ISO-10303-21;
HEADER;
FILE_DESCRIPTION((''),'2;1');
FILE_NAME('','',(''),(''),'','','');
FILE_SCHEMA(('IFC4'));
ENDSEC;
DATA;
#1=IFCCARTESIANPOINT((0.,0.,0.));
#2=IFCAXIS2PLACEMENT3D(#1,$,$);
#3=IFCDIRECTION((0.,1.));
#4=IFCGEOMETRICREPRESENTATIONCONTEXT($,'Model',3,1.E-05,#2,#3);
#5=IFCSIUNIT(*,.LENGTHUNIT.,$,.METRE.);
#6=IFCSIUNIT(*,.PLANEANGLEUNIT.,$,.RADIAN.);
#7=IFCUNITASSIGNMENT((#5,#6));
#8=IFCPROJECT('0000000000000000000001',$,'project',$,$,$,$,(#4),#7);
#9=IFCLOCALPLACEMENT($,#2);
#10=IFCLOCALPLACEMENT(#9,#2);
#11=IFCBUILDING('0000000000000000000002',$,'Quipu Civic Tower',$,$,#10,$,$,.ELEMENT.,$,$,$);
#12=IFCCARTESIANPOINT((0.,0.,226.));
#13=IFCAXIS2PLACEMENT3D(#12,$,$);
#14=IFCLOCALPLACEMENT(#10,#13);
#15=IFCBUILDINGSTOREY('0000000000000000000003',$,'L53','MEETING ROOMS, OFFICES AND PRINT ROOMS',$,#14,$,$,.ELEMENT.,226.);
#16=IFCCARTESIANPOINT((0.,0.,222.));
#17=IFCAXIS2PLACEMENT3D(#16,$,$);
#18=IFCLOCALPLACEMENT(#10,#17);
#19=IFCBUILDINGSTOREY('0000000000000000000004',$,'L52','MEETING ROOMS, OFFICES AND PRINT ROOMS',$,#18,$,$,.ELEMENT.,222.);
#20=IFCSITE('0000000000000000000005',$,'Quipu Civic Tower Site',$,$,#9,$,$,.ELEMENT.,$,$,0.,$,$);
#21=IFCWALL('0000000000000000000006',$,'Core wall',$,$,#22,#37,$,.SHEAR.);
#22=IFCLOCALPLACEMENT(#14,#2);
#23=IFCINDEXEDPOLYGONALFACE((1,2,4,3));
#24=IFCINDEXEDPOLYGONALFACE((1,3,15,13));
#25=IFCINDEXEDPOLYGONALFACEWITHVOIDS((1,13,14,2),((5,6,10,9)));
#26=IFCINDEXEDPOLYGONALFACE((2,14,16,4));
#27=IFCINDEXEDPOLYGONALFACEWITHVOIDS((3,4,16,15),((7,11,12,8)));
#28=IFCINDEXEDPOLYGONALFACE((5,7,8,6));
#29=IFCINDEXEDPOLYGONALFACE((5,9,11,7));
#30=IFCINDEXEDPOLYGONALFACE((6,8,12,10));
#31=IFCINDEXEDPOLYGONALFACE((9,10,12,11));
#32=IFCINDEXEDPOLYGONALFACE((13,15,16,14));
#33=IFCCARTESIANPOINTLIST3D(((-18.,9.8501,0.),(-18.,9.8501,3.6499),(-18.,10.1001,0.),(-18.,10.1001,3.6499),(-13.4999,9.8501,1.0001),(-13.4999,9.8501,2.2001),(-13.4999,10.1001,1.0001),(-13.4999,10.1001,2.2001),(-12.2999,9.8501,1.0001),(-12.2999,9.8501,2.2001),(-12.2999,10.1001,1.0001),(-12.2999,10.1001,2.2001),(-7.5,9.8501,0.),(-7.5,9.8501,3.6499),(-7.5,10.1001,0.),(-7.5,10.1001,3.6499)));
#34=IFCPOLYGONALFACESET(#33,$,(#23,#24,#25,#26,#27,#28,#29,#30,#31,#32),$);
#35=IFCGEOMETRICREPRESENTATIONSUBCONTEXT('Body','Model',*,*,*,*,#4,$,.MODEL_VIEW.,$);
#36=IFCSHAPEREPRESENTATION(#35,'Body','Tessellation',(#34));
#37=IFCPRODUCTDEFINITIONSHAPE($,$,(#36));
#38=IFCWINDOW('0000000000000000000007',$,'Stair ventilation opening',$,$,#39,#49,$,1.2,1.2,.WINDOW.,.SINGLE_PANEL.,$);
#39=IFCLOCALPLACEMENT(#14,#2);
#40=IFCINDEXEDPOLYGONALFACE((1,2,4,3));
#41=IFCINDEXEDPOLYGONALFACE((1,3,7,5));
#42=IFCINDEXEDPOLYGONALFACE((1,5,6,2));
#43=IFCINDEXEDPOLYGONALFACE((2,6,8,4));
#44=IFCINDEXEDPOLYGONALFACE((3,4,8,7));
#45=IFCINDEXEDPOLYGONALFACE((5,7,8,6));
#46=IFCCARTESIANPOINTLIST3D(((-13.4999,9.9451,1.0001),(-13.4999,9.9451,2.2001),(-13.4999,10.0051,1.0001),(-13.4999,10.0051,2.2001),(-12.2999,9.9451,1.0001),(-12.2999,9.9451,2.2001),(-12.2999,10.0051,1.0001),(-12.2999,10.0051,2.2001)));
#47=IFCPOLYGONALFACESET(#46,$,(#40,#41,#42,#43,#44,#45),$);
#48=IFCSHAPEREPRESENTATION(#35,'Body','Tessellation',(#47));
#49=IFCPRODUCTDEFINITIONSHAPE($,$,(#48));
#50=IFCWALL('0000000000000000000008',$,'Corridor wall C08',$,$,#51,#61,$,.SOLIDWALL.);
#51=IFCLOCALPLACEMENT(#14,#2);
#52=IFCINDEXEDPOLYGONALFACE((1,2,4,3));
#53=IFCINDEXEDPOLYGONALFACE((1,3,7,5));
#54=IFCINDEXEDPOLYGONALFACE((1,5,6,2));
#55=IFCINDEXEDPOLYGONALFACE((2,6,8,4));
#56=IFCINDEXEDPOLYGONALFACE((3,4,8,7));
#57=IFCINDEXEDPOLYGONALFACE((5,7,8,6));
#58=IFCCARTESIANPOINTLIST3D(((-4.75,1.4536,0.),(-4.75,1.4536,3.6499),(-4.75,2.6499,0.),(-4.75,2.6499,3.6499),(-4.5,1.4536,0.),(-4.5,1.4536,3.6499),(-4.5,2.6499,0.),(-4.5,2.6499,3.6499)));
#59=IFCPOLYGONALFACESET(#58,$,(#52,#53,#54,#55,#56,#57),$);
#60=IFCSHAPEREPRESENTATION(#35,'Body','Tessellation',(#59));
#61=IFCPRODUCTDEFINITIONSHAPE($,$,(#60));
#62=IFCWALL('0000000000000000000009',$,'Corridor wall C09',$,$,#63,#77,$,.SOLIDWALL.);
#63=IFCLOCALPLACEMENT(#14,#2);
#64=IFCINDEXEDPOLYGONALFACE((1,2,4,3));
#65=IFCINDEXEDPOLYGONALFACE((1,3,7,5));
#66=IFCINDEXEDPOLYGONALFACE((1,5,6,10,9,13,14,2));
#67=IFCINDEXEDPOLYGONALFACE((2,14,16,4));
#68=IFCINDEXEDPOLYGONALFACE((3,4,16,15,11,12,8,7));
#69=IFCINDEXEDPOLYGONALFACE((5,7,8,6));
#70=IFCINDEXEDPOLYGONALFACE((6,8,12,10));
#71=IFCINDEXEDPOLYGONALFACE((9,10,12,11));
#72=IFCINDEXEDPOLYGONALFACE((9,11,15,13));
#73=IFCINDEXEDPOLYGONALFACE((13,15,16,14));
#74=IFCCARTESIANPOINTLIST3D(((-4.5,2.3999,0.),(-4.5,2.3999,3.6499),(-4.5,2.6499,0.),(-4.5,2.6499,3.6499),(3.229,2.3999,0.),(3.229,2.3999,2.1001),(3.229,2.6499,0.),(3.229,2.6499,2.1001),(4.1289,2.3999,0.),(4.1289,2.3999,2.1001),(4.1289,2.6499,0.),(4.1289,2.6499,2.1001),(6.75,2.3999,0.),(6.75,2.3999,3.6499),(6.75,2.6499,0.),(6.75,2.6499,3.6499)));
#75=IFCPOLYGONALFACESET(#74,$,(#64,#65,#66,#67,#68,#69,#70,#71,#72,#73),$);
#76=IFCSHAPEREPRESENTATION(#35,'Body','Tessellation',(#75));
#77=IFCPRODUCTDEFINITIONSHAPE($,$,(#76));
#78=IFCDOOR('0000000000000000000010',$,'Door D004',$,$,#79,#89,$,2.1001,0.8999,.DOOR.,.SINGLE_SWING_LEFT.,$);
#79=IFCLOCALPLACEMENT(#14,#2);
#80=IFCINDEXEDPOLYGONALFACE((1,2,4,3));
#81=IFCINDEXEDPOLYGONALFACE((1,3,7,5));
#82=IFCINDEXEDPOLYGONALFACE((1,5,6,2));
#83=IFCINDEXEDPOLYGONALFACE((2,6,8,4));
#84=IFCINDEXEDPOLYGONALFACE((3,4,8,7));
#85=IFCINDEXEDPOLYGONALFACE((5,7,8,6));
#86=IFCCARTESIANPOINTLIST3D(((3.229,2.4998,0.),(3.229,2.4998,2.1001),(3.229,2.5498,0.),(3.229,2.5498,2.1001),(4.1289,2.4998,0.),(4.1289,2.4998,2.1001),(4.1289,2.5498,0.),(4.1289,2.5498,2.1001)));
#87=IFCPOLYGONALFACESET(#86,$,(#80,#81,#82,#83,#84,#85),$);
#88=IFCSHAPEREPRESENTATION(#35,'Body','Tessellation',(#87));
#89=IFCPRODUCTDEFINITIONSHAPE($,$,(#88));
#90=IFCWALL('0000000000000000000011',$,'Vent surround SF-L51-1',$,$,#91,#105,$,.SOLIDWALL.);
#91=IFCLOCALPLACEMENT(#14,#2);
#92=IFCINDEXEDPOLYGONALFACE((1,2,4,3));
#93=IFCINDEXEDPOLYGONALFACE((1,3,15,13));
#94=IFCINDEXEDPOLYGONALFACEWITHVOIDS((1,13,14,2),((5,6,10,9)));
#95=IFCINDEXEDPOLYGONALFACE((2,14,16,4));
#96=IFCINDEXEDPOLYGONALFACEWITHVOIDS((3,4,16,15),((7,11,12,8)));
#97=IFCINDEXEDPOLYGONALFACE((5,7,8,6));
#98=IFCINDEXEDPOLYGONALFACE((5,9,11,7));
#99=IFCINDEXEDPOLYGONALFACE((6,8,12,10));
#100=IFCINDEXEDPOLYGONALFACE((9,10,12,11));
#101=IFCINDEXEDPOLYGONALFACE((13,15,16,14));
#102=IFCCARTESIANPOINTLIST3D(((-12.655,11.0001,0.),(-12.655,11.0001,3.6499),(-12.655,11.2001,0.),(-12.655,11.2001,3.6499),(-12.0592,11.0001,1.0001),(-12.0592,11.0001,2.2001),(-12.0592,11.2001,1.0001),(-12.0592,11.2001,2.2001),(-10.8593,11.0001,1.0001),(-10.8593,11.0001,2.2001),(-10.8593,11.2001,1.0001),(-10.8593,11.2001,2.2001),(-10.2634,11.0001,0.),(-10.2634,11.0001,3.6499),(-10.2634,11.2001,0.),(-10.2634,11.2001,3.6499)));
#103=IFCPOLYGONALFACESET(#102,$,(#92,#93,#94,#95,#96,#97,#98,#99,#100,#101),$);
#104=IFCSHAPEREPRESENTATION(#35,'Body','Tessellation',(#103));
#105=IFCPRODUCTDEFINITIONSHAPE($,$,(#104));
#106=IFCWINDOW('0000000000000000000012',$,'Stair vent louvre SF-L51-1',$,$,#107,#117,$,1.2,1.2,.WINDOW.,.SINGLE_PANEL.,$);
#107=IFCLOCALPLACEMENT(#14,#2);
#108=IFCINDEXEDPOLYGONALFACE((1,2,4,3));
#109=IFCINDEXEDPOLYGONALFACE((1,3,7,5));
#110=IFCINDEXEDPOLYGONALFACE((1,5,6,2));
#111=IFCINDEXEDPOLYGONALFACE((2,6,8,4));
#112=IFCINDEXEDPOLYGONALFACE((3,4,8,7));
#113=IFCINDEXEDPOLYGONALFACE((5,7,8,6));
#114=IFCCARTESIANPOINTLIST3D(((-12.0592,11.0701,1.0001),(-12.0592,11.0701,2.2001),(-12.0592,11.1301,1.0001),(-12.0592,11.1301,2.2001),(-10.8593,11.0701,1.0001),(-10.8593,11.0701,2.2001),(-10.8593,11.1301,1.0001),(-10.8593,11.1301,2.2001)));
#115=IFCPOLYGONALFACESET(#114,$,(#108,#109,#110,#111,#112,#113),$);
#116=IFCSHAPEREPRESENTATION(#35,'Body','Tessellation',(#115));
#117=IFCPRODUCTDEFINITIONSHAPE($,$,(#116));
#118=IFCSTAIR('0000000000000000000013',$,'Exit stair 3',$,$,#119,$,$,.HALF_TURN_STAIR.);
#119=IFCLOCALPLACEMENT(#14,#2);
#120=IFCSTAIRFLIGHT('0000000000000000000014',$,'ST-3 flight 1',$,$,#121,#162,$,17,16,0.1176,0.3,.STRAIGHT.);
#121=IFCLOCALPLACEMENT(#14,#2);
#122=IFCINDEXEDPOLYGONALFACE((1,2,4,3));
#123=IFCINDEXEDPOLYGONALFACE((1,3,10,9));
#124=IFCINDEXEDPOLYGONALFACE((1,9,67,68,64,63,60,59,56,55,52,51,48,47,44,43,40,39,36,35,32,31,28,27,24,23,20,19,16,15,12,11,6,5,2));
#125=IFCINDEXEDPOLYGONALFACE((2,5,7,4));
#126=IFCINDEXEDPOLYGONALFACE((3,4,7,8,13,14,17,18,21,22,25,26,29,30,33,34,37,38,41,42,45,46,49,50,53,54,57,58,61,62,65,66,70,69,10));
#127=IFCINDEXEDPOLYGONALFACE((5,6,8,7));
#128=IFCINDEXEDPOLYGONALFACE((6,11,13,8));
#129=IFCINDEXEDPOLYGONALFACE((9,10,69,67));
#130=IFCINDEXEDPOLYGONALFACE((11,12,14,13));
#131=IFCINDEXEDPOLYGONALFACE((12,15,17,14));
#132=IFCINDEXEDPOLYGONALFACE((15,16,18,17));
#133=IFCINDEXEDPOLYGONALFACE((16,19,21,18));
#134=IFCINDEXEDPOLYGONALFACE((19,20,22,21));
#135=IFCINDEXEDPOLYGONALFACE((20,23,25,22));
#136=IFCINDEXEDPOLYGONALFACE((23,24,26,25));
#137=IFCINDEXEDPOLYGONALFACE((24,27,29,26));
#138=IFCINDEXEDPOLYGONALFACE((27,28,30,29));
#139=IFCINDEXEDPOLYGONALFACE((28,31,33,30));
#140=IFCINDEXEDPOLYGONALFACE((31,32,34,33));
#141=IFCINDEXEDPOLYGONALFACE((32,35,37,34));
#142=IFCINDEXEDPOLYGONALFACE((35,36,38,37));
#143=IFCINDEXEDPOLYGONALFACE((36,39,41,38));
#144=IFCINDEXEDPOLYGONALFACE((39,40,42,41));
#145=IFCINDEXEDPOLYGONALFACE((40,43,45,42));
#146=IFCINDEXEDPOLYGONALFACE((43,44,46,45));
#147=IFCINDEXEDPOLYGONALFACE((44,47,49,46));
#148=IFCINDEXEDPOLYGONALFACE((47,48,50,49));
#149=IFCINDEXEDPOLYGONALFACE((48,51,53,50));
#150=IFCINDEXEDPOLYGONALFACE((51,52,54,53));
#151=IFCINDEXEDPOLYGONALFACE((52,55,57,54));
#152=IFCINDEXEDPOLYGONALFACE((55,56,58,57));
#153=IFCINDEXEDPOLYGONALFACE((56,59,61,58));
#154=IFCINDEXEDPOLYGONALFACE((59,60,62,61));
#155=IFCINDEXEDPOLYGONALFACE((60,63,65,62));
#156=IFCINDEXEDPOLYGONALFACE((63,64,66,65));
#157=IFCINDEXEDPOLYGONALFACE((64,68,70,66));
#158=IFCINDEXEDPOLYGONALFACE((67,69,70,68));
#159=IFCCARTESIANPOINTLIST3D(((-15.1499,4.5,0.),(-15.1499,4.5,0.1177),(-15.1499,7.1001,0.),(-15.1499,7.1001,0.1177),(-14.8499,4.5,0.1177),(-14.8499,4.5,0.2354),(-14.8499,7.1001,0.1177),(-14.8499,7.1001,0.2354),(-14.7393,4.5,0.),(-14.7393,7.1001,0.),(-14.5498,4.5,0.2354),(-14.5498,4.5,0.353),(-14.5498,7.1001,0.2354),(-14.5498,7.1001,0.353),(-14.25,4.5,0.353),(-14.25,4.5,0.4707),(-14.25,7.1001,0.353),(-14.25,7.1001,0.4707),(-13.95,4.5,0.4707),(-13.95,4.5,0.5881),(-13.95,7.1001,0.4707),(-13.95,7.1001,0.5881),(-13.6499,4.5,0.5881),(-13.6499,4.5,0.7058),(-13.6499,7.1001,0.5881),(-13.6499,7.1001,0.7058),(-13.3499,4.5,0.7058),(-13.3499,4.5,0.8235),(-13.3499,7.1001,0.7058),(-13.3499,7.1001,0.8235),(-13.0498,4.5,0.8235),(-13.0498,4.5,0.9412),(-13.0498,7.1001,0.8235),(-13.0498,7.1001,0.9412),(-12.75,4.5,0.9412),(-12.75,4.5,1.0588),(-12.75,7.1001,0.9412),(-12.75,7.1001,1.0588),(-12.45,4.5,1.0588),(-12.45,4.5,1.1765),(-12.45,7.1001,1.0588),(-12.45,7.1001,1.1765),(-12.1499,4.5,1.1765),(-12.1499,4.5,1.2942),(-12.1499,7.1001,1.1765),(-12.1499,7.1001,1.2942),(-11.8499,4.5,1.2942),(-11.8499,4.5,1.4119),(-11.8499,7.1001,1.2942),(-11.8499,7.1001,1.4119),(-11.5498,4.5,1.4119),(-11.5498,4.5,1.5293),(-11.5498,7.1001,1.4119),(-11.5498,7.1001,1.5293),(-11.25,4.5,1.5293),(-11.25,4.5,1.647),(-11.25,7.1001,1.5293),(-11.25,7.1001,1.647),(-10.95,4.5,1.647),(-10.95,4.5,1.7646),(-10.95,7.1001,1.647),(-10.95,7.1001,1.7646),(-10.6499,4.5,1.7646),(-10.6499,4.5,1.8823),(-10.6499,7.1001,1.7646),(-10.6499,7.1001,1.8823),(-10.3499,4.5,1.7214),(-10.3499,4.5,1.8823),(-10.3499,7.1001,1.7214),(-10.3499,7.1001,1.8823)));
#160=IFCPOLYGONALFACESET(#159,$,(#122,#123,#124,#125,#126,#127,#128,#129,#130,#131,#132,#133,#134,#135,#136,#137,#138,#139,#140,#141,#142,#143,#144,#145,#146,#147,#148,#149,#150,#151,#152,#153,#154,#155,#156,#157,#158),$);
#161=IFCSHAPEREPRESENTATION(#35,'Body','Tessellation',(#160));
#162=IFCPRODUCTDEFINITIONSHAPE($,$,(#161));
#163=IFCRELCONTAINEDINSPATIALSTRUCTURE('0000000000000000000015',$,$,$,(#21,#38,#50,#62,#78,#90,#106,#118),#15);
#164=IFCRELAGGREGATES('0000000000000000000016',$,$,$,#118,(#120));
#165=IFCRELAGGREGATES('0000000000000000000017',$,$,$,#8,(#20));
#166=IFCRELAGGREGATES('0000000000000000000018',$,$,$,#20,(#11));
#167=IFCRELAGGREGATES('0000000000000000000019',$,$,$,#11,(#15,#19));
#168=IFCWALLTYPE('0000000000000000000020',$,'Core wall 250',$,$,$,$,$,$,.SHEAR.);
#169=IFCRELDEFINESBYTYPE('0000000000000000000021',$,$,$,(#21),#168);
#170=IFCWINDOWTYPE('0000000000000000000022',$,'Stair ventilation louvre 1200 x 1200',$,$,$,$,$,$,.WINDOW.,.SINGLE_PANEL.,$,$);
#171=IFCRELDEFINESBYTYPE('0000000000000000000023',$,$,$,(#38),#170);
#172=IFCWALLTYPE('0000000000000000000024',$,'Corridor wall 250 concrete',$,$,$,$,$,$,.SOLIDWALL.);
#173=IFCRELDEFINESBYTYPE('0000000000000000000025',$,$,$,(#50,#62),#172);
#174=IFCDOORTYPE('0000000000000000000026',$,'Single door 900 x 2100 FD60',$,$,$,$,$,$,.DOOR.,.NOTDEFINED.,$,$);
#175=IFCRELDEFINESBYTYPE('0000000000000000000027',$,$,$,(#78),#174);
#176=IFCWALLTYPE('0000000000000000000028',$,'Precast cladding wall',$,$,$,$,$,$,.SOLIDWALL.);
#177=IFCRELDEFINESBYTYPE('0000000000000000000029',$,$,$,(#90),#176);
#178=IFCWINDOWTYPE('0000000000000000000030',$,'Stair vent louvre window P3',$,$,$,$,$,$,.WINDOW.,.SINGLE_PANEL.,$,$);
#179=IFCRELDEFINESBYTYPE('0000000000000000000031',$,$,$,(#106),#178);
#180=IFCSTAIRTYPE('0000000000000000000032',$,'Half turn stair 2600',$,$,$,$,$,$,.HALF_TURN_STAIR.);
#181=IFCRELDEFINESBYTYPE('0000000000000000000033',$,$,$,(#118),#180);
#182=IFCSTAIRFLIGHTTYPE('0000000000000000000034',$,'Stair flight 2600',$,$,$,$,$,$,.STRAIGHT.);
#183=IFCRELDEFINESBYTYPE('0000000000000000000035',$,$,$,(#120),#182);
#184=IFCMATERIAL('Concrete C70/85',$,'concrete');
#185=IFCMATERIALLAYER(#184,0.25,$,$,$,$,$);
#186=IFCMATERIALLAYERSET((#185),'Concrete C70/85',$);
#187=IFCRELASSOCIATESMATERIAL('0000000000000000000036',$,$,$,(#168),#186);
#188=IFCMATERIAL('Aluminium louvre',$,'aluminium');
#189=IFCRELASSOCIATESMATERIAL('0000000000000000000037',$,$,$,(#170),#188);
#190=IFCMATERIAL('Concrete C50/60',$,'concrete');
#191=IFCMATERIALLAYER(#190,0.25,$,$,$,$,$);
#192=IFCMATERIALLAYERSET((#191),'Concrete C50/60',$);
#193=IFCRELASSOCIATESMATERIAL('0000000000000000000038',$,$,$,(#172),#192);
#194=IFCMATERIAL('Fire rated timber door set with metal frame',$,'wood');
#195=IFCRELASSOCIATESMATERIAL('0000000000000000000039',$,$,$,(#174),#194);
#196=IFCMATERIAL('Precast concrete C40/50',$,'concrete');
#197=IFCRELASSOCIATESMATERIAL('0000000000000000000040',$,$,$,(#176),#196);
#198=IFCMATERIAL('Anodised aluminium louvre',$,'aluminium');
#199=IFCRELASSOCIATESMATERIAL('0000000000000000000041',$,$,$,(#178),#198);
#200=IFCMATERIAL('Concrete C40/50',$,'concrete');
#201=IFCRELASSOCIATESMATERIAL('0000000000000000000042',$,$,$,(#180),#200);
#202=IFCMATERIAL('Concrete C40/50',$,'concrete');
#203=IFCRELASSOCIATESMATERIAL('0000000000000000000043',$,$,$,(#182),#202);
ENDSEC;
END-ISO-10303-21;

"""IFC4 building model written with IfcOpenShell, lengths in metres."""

from ifc_helpers import new_model, si_unit, direction, frame, frame_2d, origin, place, context, subcontext, project, spatial, polyline, rectangle, outline, extrude, material, layer, layer_set, type_object, element, fill, aggregate, save


model = new_model("IFC4")

# Units and contexts
model_context = context("Model", 3, precision=1e-05, world=origin(), true_north=direction((0.0, 1.0)))
body_context = subcontext(model_context, "Body", "Model", "MODEL_VIEW")
ifc_project = project(units=[si_unit("LENGTHUNIT", "METRE"), si_unit("PLANEANGLEUNIT", "RADIAN")], contexts=[model_context])

# Site, building, storey
site_placement = place(None, origin())
site = spatial("IfcSite", under=ifc_project, at=site_placement, Name="Quipu Civic Tower Site", CompositionType="ELEMENT", RefElevation=0.0)
building_placement = place(site_placement, origin())
building = spatial("IfcBuilding", under=site, at=building_placement, Name="Quipu Civic Tower", CompositionType="ELEMENT")
storey_1_placement = place(building_placement, frame((0.0, 0.0, 226.0)))
storey_1 = spatial("IfcBuildingStorey", under=building, at=storey_1_placement, Name="L53", Description="MEETING ROOMS, OFFICES AND PRINT ROOMS", CompositionType="ELEMENT", Elevation=226.0)

# Shared definitions
storey_2_placement = place(building_placement, frame((0.0, 0.0, 222.0)))
storey_2 = spatial("IfcBuildingStorey", under=building, at=storey_2_placement, Name="L52", Description="MEETING ROOMS, OFFICES AND PRINT ROOMS", CompositionType="ELEMENT", Elevation=222.0)

# Shared definitions
ifc_material_1 = material(Name="Concrete C70/85", Category="concrete")
ifc_layer_1 = layer(ifc_material_1, 0.25)
ifc_layer_set_1 = layer_set([ifc_layer_1], Name="Concrete C70/85")
wall_type_1 = type_object("IfcWallType", Name="Core wall 250", PredefinedType="SHEAR", material=ifc_layer_set_1)

# Wall, opening, window
wall_1_placement = place(storey_1_placement, frame((-18.0, 9.9751, 0.0), z_axis=(0.0, 0.0, 1.0), x_axis=(1.0, 0.0, 0.0)))
wall_1 = element("IfcWall", 1, at=wall_1_placement, inside=storey_1, type_object=wall_type_1, Name="Core wall", PredefinedType="SHEAR", context=body_context, shape_type="SweptSolid", body=[
    extrude(rectangle(XDim=10.5, YDim=0.25, at=frame_2d((5.25, 0.0))), origin(), (0.0, 0.0, 1.0), 3.6499),
])
opening_1_placement = place(wall_1_placement, frame((4.5, 0.0, 1.0)))
opening_1 = element("IfcOpeningElement", 2, at=opening_1_placement, cuts=wall_1, PredefinedType="OPENING", context=body_context, shape_type="SweptSolid", body=[
    extrude(rectangle(XDim=1.2, YDim=1.2, at=frame_2d((0.6001, 0.6001))), frame((0.0, 0.135, 0.0), z_axis=(0.0, -1.0, 0.0), x_axis=(1.0, 0.0, 0.0)), (0.0, 0.0, 1.0), 0.27),
])
ifc_material_2 = material(Name="Aluminium louvre", Category="aluminium")
window_type_1 = type_object("IfcWindowType", Name="Stair ventilation louvre 1200 x 1200", PartitioningType="SINGLE_PANEL", PredefinedType="WINDOW", material=ifc_material_2)
window_1_placement = place(opening_1_placement, origin())
window_1 = element("IfcWindow", 3, at=window_1_placement, inside=storey_1, type_object=window_type_1, Name="Stair ventilation opening", OverallHeight=1.2, OverallWidth=1.2, PartitioningType="SINGLE_PANEL", PredefinedType="WINDOW", context=body_context, shape_type="SweptSolid", body=[
    extrude(rectangle(XDim=1.2, YDim=1.2, at=frame_2d((0.6001, 0.6001))), frame((0.0, 0.03, 0.0), z_axis=(0.0, -1.0, 0.0), x_axis=(1.0, 0.0, 0.0)), (0.0, 0.0, 1.0), 0.0601),
])
fill(opening_1, window_1)

# Wall
ifc_material_3 = material(Name="Concrete C50/60", Category="concrete")
ifc_layer_2 = layer(ifc_material_3, 0.25)
ifc_layer_set_2 = layer_set([ifc_layer_2], Name="Concrete C50/60")
wall_type_2 = type_object("IfcWallType", Name="Corridor wall 250 concrete", PredefinedType="SOLIDWALL", material=ifc_layer_set_2)
wall_2_placement = place(storey_1_placement, frame((-4.625, 1.4536, 0.0), z_axis=(0.0, 0.0, 1.0), x_axis=(0.0, 1.0, 0.0)))
element("IfcWall", 4, at=wall_2_placement, inside=storey_1, type_object=wall_type_2, Name="Corridor wall C08", PredefinedType="SOLIDWALL", context=body_context, shape_type="SweptSolid", body=[
    extrude(rectangle(XDim=1.1963, YDim=0.25, at=frame_2d((0.5981, 0.0))), origin(), (0.0, 0.0, 1.0), 3.6499),
])

# Wall, opening, door
wall_3_placement = place(storey_1_placement, frame((-4.5, 2.5249, 0.0), z_axis=(0.0, 0.0, 1.0), x_axis=(1.0, 0.0, 0.0)))
wall_3 = element("IfcWall", 5, at=wall_3_placement, inside=storey_1, type_object=wall_type_2, Name="Corridor wall C09", PredefinedType="SOLIDWALL", context=body_context, shape_type="SweptSolid", body=[
    extrude(rectangle(XDim=11.25, YDim=0.25, at=frame_2d((5.625, 0.0))), origin(), (0.0, 0.0, 1.0), 3.6499),
])
opening_2_placement = place(wall_3_placement, frame((7.729, 0.0, 0.0)))
opening_2 = element("IfcOpeningElement", 6, at=opening_2_placement, cuts=wall_3, PredefinedType="OPENING", context=body_context, shape_type="SweptSolid", body=[
    extrude(rectangle(XDim=0.8999, YDim=2.1001, at=frame_2d((0.45, 1.05))), frame((0.0, 0.135, 0.0), z_axis=(0.0, -1.0, 0.0), x_axis=(1.0, 0.0, 0.0)), (0.0, 0.0, 1.0), 0.27),
])
ifc_material_4 = material(Name="Fire rated timber door set with metal frame", Category="wood")
door_type_1 = type_object("IfcDoorType", Name="Single door 900 x 2100 FD60", OperationType="NOTDEFINED", PredefinedType="DOOR", material=ifc_material_4)
door_1_placement = place(opening_2_placement, origin())
door_1 = element("IfcDoor", 7, at=door_1_placement, inside=storey_1, type_object=door_type_1, Name="Door D004", OperationType="SINGLE_SWING_LEFT", OverallHeight=2.1001, OverallWidth=0.8999, PredefinedType="DOOR", context=body_context, shape_type="SweptSolid", body=[
    extrude(rectangle(XDim=0.8999, YDim=2.1001, at=frame_2d((0.45, 1.05))), frame((0.0, 0.0249, 0.0), z_axis=(0.0, -1.0, 0.0), x_axis=(1.0, 0.0, 0.0)), (0.0, 0.0, 1.0), 0.05),
])
fill(opening_2, door_1)

# Wall, opening, window
ifc_material_5 = material(Name="Precast concrete C40/50", Category="concrete")
wall_type_3 = type_object("IfcWallType", Name="Precast cladding wall", PredefinedType="SOLIDWALL", material=ifc_material_5)
wall_4_placement = place(storey_1_placement, frame((-10.2634, 11.1001, 0.0), z_axis=(0.0, 0.0, 1.0), x_axis=(-1.0, 0.0, 0.0)))
wall_4 = element("IfcWall", 8, at=wall_4_placement, inside=storey_1, type_object=wall_type_3, Name="Vent surround SF-L51-1", PredefinedType="SOLIDWALL", context=body_context, shape_type="SweptSolid", body=[
    extrude(rectangle(XDim=2.3916, YDim=0.2, at=frame_2d((1.1958, 0.0))), origin(), (0.0, 0.0, 1.0), 3.6499),
])
opening_3_placement = place(wall_4_placement, frame((0.5957, 0.0, 1.0)))
opening_3 = element("IfcOpeningElement", 9, at=opening_3_placement, cuts=wall_4, PredefinedType="OPENING", context=body_context, shape_type="SweptSolid", body=[
    extrude(rectangle(XDim=1.2, YDim=1.2, at=frame_2d((0.6001, 0.6001))), frame((0.0, 0.1099, 0.0), z_axis=(0.0, -1.0, 0.0), x_axis=(1.0, 0.0, 0.0)), (0.0, 0.0, 1.0), 0.22),
])
ifc_material_6 = material(Name="Anodised aluminium louvre", Category="aluminium")
window_type_2 = type_object("IfcWindowType", Name="Stair vent louvre window P3", PartitioningType="SINGLE_PANEL", PredefinedType="WINDOW", material=ifc_material_6)
window_2_placement = place(opening_3_placement, origin())
window_2 = element("IfcWindow", 10, at=window_2_placement, inside=storey_1, type_object=window_type_2, Name="Stair vent louvre SF-L51-1", OverallHeight=1.2, OverallWidth=1.2, PartitioningType="SINGLE_PANEL", PredefinedType="WINDOW", context=body_context, shape_type="SweptSolid", body=[
    extrude(rectangle(XDim=1.2, YDim=1.2, at=frame_2d((0.6001, 0.6001))), frame((0.0, 0.03, 0.0), z_axis=(0.0, -1.0, 0.0), x_axis=(1.0, 0.0, 0.0)), (0.0, 0.0, 1.0), 0.0601),
])
fill(opening_3, window_2)

# Stair, stair flight
ifc_material_7 = material(Name="Concrete C40/50", Category="concrete")
stair_type = type_object("IfcStairType", Name="Half turn stair 2600", PredefinedType="HALF_TURN_STAIR", material=ifc_material_7)
stair_placement = place(storey_1_placement, origin())
stair = element("IfcStair", 11, at=stair_placement, inside=storey_1, type_object=stair_type, Name="Exit stair 3", PredefinedType="HALF_TURN_STAIR")
ifc_material_8 = material(Name="Concrete C40/50", Category="concrete")
stair_flight_type = type_object("IfcStairFlightType", Name="Stair flight 2600", PredefinedType="STRAIGHT", material=ifc_material_8)
stair_flight_1_placement = place(storey_1_placement, frame((-15.1499, 5.8, 0.0), z_axis=(0.0, 0.0, 1.0), x_axis=(1.0, 0.0, 0.0)))
stair_flight_1 = element("IfcStairFlight", 12, at=stair_flight_1_placement, type_object=stair_flight_type, Name="ST-3 flight 1", NumberOfRisers=17, NumberOfTreads=16, PredefinedType="STRAIGHT", RiserHeight=0.1176, TreadLength=0.3, context=body_context, shape_type="SweptSolid", body=[
    extrude(outline(polyline([(0.0, 0.0), (0.0, 0.1177), (0.3, 0.1177), (0.3, 0.2354), (0.6001, 0.2354), (0.6001, 0.353), (0.8999, 0.353), (0.8999, 0.4707), (1.2, 0.4707), (1.2, 0.5881), (1.5, 0.5881), (1.5, 0.7058), (1.8, 0.7058), (1.8, 0.8235), (2.1001, 0.8235), (2.1001, 0.9412), (2.3999, 0.9412), (2.3999, 1.0588), (2.7, 1.0588), (2.7, 1.1765), (3.0, 1.1765), (3.0, 1.2942), (3.3, 1.2942), (3.3, 1.4119), (3.6001, 1.4119), (3.6001, 1.5293), (3.8999, 1.5293), (3.8999, 1.647), (4.2, 1.647), (4.2, 1.7646), (4.5, 1.7646), (4.5, 1.8823), (4.8, 1.8823), (4.8, 2.0), (4.8, 1.7214), (0.4106, 0.0), (0.0, 0.0)])), frame((0.0, 1.3, 0.0), z_axis=(0.0, -1.0, 0.0), x_axis=(1.0, 0.0, 0.0)), (0.0, 0.0, 1.0), 2.6001),
])
aggregate(stair, [stair_flight_1])

save(model, "model.ifc")
